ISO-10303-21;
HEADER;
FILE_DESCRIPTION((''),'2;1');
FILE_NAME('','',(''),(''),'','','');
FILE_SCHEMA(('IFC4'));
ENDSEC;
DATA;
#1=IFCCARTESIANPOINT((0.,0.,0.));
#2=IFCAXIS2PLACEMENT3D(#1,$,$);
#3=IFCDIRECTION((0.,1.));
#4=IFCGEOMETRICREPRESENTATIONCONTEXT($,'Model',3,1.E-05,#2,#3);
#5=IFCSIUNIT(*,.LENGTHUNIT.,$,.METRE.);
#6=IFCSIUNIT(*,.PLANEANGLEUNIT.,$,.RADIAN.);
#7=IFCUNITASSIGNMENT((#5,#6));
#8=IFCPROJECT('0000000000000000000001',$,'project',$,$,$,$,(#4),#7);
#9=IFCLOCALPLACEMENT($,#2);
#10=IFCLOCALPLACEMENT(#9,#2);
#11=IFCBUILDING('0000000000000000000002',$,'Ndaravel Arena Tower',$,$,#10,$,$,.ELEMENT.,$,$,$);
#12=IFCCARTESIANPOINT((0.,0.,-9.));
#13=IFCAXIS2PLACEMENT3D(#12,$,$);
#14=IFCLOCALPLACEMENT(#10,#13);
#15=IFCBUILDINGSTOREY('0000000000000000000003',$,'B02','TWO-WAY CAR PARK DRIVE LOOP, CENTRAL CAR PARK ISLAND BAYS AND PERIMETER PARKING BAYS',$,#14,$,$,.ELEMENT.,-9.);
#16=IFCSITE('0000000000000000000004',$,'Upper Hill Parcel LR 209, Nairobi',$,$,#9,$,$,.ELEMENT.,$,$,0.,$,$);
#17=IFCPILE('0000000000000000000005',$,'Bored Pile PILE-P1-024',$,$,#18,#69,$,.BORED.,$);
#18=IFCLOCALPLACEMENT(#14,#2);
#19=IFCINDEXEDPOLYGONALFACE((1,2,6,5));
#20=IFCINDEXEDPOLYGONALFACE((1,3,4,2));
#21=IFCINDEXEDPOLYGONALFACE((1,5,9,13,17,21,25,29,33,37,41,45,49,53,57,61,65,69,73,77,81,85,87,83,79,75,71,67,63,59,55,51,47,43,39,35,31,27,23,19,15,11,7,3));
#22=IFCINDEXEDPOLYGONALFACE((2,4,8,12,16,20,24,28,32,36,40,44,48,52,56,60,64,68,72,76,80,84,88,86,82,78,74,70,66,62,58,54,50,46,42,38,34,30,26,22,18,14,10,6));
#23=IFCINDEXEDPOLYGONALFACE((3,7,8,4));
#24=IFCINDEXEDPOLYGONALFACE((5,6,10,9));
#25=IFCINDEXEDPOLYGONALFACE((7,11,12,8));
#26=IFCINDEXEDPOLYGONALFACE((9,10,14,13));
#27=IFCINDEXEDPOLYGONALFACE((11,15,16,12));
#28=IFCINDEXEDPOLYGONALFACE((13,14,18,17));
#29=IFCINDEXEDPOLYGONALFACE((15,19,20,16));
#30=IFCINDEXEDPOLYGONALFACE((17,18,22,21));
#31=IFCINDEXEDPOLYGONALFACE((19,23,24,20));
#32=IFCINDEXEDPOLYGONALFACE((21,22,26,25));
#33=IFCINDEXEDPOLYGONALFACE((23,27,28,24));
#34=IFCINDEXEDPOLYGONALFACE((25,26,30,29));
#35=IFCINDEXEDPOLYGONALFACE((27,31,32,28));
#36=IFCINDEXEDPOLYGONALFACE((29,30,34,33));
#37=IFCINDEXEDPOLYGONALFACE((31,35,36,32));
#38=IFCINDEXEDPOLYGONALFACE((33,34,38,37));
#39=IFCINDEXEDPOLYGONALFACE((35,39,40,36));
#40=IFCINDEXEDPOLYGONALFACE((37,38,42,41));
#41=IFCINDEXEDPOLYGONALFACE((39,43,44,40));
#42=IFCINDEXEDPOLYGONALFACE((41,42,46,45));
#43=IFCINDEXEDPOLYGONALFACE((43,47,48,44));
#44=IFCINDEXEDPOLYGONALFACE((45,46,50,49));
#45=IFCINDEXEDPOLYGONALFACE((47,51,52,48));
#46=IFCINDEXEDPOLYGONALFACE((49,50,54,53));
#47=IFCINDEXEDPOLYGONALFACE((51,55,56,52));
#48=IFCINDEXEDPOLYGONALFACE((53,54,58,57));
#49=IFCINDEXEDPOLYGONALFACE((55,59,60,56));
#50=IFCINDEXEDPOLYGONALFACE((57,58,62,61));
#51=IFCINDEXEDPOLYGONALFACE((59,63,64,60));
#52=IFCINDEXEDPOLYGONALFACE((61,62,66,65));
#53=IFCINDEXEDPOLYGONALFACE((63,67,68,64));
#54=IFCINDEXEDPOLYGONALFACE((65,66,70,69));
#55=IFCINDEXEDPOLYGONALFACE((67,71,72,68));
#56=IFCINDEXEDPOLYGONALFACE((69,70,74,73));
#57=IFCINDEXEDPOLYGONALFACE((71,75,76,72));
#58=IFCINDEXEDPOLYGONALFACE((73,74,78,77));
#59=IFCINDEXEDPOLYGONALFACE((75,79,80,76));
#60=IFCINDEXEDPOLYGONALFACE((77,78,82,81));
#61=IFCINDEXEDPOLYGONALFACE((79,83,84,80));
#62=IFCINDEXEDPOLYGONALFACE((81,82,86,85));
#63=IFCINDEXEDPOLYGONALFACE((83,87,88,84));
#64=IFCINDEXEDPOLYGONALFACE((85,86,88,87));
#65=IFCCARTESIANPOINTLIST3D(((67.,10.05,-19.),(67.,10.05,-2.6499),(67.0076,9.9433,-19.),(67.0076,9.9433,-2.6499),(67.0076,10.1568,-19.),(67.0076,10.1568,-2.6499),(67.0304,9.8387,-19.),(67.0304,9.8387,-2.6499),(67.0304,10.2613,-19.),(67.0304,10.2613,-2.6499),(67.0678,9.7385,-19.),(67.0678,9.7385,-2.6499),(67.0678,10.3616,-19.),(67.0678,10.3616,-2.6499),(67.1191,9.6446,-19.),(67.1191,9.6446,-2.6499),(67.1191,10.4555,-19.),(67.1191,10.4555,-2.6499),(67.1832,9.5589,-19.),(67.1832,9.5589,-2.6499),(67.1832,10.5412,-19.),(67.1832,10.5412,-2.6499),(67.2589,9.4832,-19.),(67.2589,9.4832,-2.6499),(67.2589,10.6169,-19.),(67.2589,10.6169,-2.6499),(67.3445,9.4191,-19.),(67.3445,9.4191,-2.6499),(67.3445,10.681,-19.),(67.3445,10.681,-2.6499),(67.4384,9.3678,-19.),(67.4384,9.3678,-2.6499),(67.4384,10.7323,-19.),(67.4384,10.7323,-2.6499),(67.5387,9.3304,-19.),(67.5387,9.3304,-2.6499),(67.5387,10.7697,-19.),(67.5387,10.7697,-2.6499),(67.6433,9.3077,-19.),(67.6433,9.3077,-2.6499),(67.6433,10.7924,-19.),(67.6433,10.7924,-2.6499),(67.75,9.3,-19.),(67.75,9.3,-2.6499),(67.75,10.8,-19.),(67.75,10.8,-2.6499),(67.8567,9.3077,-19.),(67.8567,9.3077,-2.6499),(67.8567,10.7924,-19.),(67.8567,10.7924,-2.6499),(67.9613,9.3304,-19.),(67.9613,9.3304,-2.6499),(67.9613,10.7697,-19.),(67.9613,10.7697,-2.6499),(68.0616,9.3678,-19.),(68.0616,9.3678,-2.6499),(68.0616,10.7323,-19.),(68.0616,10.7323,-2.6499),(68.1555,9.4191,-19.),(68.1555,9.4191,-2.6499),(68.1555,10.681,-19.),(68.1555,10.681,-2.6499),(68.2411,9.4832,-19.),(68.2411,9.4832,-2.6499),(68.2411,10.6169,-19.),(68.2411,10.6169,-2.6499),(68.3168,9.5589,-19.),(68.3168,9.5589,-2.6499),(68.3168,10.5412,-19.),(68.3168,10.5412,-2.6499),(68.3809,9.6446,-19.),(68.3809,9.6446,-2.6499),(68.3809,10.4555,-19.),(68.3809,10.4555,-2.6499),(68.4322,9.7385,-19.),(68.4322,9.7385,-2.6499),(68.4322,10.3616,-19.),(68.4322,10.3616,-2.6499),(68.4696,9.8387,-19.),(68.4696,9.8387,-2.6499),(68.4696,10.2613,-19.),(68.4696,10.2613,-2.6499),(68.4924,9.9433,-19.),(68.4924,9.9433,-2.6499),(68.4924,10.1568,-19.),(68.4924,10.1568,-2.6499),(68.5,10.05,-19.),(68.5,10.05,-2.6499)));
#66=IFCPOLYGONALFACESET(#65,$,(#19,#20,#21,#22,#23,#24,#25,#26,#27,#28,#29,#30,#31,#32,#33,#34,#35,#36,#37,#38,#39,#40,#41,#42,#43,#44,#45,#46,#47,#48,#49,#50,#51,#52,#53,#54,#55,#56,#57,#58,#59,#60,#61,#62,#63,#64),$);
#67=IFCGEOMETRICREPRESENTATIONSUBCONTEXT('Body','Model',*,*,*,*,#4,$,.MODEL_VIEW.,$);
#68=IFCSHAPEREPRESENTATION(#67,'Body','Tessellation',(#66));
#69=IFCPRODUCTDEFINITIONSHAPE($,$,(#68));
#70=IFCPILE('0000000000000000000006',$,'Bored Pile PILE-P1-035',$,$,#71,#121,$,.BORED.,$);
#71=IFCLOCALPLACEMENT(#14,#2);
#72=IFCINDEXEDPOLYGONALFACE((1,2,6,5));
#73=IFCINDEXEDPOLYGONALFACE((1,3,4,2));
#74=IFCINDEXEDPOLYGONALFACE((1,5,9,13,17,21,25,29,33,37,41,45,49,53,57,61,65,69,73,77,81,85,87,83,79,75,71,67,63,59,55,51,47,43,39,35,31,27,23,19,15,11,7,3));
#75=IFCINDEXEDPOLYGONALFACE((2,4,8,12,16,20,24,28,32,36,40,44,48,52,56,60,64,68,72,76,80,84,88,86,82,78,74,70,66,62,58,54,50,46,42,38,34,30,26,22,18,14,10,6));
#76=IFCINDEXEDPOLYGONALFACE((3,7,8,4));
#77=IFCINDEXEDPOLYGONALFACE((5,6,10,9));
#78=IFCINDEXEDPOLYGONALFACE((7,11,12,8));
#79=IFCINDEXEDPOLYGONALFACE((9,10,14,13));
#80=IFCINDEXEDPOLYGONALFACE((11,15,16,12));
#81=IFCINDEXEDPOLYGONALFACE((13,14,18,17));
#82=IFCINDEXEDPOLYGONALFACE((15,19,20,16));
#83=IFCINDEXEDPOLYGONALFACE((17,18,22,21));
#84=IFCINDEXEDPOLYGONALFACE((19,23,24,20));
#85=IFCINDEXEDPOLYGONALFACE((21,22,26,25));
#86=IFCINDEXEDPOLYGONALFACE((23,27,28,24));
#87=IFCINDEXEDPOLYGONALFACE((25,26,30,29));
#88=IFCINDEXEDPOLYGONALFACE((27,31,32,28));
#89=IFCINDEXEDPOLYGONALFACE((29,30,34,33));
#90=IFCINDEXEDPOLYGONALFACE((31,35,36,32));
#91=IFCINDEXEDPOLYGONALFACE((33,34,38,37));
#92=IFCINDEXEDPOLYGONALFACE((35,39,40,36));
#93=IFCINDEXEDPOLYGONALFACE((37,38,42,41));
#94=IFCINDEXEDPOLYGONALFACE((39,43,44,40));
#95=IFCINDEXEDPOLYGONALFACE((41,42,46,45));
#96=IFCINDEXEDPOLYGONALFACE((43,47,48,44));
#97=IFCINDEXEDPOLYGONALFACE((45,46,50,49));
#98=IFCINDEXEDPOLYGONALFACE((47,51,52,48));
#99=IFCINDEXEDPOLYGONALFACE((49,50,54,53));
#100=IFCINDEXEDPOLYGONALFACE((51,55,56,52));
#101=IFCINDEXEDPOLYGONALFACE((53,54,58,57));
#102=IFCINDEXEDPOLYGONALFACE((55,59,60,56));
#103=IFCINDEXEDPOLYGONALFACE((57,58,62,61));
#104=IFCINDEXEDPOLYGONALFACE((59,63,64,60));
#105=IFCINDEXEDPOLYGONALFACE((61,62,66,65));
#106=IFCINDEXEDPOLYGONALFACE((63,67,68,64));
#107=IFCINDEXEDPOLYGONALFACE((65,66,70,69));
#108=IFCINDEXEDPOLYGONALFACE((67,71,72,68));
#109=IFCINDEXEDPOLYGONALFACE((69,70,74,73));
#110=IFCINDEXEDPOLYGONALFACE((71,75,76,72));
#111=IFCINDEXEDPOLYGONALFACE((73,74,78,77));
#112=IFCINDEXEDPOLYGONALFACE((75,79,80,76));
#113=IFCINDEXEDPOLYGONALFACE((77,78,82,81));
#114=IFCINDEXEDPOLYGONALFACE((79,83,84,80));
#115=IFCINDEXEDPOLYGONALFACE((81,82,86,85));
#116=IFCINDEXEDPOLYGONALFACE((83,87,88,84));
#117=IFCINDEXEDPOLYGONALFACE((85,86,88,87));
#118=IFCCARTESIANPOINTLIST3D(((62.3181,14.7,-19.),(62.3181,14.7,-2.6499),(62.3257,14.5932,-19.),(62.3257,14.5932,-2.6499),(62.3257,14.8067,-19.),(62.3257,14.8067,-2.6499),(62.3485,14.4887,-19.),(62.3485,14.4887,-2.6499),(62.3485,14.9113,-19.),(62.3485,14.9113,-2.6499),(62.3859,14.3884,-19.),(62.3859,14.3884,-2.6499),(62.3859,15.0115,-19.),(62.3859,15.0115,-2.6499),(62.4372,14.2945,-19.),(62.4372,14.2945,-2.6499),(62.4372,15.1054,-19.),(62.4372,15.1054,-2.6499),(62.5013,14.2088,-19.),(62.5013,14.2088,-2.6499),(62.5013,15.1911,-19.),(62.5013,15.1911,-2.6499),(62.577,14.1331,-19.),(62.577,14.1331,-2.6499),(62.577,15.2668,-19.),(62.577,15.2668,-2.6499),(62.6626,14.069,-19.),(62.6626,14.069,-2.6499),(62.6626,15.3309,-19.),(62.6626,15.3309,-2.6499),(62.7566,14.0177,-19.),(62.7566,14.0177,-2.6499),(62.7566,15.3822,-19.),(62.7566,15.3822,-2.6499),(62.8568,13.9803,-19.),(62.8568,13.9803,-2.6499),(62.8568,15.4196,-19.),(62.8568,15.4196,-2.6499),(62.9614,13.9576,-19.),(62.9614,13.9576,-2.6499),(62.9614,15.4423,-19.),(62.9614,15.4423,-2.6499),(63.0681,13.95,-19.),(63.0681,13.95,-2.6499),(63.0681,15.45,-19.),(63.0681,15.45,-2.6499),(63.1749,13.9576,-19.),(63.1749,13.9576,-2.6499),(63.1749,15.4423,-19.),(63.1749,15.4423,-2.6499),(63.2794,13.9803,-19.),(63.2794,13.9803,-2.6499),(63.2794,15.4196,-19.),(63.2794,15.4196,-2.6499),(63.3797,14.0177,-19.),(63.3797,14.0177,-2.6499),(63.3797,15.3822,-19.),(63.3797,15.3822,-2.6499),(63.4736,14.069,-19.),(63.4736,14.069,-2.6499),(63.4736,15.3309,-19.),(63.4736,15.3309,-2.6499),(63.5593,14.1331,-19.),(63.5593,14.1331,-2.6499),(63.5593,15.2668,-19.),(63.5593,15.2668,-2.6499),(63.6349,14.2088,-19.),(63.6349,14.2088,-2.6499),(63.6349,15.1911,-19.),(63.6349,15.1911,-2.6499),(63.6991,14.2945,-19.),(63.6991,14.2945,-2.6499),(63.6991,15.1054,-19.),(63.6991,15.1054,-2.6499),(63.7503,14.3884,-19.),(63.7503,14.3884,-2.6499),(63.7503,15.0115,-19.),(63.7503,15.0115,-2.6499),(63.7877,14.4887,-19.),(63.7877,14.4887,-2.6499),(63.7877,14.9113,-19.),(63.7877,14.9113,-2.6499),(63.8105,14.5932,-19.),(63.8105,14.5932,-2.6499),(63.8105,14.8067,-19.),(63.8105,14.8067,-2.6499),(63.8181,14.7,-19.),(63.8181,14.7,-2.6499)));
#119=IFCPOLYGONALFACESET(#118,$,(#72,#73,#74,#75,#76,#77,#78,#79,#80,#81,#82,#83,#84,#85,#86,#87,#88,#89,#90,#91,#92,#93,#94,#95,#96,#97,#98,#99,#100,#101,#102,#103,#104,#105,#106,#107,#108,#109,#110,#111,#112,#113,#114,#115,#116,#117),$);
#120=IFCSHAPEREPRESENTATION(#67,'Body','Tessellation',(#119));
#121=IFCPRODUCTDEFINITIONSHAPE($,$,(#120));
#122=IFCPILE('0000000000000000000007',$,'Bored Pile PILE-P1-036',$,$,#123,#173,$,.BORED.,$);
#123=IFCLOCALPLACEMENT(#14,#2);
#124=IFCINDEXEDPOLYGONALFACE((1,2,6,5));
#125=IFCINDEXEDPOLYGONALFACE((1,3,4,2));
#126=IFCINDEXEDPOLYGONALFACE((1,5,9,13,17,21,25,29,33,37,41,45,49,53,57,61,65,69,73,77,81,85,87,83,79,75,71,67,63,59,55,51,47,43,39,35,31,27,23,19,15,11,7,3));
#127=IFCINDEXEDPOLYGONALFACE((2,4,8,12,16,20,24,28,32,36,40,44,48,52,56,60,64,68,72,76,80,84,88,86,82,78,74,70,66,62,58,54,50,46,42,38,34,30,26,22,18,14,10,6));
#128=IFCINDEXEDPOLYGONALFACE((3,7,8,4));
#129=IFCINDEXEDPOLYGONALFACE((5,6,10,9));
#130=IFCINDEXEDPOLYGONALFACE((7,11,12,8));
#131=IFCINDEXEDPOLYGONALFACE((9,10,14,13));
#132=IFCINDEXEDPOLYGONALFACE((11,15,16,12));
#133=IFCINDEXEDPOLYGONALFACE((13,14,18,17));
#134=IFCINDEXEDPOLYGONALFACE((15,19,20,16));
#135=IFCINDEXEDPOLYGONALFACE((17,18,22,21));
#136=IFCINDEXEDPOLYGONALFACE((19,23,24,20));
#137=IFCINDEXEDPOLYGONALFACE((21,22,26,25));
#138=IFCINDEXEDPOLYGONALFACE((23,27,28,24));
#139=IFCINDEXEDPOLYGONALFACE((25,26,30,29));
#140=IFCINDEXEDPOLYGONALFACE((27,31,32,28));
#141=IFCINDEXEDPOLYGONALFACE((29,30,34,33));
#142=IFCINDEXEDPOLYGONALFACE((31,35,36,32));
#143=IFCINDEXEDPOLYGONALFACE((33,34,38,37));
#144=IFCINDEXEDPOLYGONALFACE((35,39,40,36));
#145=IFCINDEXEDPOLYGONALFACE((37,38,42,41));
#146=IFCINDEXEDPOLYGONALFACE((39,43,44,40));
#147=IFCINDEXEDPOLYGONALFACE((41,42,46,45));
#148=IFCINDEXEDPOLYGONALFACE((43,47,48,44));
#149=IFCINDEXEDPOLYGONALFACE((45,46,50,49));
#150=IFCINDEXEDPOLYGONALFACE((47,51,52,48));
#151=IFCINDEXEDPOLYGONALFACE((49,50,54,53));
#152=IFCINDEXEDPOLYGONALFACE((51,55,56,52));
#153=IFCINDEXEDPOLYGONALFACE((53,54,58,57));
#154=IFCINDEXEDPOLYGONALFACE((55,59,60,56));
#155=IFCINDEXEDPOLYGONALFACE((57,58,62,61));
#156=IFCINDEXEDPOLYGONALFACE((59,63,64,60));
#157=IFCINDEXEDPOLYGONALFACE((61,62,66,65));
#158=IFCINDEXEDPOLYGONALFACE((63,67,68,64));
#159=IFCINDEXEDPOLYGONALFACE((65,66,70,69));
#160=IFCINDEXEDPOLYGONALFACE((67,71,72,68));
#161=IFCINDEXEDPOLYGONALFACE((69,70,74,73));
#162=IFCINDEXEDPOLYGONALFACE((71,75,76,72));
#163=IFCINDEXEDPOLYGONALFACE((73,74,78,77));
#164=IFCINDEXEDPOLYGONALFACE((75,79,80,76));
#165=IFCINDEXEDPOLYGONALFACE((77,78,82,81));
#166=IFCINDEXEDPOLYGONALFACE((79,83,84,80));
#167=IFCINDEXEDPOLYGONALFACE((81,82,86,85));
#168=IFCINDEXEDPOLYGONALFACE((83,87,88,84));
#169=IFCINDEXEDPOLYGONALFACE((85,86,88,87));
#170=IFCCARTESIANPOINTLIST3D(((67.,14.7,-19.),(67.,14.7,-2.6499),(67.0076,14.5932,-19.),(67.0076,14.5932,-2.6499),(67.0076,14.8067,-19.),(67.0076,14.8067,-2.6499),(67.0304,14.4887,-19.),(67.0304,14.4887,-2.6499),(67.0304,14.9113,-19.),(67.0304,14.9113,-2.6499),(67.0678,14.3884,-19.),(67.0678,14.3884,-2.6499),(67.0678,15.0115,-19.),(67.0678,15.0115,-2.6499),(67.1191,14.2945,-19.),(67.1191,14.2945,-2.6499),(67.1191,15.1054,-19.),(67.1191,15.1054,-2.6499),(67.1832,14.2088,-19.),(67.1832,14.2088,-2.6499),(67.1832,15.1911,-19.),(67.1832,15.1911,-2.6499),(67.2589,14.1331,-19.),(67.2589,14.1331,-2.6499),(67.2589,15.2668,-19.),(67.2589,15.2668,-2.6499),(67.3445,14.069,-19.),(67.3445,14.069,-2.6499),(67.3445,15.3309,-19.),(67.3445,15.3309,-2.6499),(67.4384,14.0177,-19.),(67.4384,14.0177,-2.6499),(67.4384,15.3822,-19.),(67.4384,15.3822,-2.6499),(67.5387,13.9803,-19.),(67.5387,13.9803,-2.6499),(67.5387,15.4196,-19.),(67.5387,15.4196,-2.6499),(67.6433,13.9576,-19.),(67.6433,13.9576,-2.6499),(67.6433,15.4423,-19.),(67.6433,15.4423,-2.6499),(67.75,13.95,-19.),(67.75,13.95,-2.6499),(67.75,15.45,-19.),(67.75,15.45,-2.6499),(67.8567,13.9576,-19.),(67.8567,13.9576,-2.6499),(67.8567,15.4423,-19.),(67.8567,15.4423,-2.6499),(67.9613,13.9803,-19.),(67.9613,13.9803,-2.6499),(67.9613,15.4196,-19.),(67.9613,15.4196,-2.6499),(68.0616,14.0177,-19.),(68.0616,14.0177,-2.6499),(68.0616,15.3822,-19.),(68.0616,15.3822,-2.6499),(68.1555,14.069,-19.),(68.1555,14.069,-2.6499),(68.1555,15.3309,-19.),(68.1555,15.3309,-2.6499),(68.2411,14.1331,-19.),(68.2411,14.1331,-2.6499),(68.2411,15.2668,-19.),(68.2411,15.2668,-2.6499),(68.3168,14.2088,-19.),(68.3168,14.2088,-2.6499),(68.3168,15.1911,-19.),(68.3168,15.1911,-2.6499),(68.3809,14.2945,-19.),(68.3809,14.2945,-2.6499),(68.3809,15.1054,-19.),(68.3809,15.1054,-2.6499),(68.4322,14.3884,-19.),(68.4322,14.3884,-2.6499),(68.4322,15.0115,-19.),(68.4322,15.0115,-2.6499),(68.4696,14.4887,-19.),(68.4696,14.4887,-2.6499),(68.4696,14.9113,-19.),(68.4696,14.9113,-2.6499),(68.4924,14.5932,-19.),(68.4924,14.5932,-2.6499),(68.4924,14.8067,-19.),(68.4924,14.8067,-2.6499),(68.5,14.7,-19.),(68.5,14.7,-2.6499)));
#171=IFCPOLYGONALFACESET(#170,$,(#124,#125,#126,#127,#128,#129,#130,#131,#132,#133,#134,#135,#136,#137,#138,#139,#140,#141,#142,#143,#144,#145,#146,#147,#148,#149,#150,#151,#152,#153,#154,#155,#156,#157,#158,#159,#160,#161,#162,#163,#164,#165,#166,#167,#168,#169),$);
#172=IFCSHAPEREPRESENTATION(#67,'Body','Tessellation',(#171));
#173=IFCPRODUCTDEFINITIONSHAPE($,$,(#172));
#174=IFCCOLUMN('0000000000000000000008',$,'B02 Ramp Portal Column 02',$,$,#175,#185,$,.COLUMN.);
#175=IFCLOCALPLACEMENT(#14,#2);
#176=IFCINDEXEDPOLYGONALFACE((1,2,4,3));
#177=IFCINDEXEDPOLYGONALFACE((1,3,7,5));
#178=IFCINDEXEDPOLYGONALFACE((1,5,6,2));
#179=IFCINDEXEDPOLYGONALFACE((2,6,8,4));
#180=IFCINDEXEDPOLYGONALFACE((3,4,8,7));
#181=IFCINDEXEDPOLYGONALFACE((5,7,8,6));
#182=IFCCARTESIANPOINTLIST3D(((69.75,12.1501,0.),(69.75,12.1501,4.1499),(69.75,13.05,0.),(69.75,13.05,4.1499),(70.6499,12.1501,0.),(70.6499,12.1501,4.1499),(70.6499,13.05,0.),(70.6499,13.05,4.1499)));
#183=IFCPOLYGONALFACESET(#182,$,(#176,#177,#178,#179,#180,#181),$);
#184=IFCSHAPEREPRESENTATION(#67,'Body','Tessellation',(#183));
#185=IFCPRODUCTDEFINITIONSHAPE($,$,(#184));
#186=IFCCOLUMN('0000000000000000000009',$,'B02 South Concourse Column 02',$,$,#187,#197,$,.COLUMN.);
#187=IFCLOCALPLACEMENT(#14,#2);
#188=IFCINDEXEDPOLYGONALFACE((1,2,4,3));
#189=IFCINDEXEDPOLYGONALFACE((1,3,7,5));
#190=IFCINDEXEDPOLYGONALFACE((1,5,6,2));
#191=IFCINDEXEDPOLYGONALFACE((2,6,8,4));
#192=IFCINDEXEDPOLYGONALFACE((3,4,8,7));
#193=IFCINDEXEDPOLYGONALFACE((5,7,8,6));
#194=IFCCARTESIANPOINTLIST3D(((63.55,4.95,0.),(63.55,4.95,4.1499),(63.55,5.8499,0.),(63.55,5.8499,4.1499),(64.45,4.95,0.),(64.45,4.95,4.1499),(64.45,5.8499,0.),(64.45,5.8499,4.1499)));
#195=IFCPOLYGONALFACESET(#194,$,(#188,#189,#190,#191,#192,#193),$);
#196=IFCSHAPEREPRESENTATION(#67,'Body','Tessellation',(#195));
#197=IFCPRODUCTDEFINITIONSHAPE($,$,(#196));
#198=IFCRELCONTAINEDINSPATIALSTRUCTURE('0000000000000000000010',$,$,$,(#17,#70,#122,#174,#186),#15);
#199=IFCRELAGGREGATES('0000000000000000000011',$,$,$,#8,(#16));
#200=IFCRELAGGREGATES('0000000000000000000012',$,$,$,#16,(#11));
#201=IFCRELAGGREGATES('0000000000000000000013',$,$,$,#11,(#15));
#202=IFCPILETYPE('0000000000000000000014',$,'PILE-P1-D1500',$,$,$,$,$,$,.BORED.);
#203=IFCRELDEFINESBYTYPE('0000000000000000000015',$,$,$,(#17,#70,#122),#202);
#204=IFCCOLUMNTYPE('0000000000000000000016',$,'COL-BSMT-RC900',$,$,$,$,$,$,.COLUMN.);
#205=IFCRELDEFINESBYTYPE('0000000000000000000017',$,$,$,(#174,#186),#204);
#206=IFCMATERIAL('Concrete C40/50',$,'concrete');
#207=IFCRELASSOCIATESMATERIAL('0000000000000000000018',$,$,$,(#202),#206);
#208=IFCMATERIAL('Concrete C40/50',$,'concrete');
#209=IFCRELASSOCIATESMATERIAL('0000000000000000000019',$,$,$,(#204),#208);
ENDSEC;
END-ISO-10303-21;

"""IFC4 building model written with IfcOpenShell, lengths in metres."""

from ifc_helpers import new_model, si_unit, direction, frame, origin, origin_2d, place, context, subcontext, project, spatial, rectangle, circle, extrude, material, material_profile, profile_set, type_object, element, save


model = new_model("IFC4")

# Units and contexts
model_context = context("Model", 3, precision=1e-05, world=origin(), true_north=direction((0.0, 1.0)))
body_context = subcontext(model_context, "Body", "Model", "MODEL_VIEW")
ifc_project = project(units=[si_unit("LENGTHUNIT", "METRE"), si_unit("PLANEANGLEUNIT", "RADIAN")], contexts=[model_context])

# Site, building, storey
site_placement = place(None, origin())
site = spatial("IfcSite", under=ifc_project, at=site_placement, Name="Upper Hill Parcel LR 209, Nairobi", CompositionType="ELEMENT", RefElevation=0.0)
building_placement = place(site_placement, origin())
building = spatial("IfcBuilding", under=site, at=building_placement, Name="Ndaravel Arena Tower", CompositionType="ELEMENT")
storey_placement = place(building_placement, frame((0.0, 0.0, -9.0)))
storey = spatial("IfcBuildingStorey", under=building, at=storey_placement, Name="B02", Description="TWO-WAY CAR PARK DRIVE LOOP, CENTRAL CAR PARK ISLAND BAYS AND PERIMETER PARKING BAYS", CompositionType="ELEMENT", Elevation=-9.0)

# Piles
ifc_material_1 = material(Name="Concrete C40/50", Category="concrete")
ifc_material_profile_1 = material_profile(ifc_material_1, circle(Radius=0.75, at=origin_2d()), Name="BORED PILE D1500")
ifc_profile_set_1 = profile_set([ifc_material_profile_1], Name="Concrete C40/50")
pile_type = type_object("IfcPileType", Name="PILE-P1-D1500", PredefinedType="BORED", material=ifc_profile_set_1)
for number, where, z_axis, x_axis, name in (
    (1, (67.75, 10.05, -2.6499), (0.0, 0.0, -1.0), (1.0, 0.0, 0.0), "Bored Pile PILE-P1-024"),
    (2, (63.0681, 14.7, -2.6499), (0.0, 0.0, -1.0), (1.0, 0.0, 0.0), "Bored Pile PILE-P1-035"),
    (3, (67.75, 14.7, -2.6499), (0.0, 0.0, -1.0), (1.0, 0.0, 0.0), "Bored Pile PILE-P1-036"),
):
    element("IfcPile", number, at=place(storey_placement, frame(where, z_axis=z_axis, x_axis=x_axis)), inside=storey, type_object=pile_type, Name=name, PredefinedType="BORED", context=body_context, shape_type="SweptSolid", body=[
        extrude(circle(Radius=0.75, at=origin_2d()), origin(), (0.0, 0.0, 1.0), 16.3501),
    ])

# Columns
ifc_material_2 = material(Name="Concrete C40/50", Category="concrete")
ifc_material_profile_2 = material_profile(ifc_material_2, rectangle(XDim=0.8999, YDim=0.8999, at=origin_2d()), Name="RC 900x900")
ifc_profile_set_2 = profile_set([ifc_material_profile_2], Name="Concrete C40/50")
column_type_1 = type_object("IfcColumnType", Name="COL-BSMT-RC900", PredefinedType="COLUMN", material=ifc_profile_set_2)
for number, where, z_axis, x_axis, name in (
    (4, (70.2, 12.6001, 0.0), (0.0, 0.0, 1.0), (1.0, 0.0, 0.0), "B02 Ramp Portal Column 02"),
    (5, (64.0, 5.3999, 0.0), (0.0, 0.0, 1.0), (1.0, 0.0, 0.0), "B02 South Concourse Column 02"),
):
    element("IfcColumn", number, at=place(storey_placement, frame(where, z_axis=z_axis, x_axis=x_axis)), inside=storey, type_object=column_type_1, Name=name, PredefinedType="COLUMN", context=body_context, shape_type="SweptSolid", body=[
        extrude(rectangle(XDim=0.8999, YDim=0.8999, at=origin_2d()), origin(), (0.0, 0.0, 1.0), 4.1499),
    ])

save(model, "model.ifc")
